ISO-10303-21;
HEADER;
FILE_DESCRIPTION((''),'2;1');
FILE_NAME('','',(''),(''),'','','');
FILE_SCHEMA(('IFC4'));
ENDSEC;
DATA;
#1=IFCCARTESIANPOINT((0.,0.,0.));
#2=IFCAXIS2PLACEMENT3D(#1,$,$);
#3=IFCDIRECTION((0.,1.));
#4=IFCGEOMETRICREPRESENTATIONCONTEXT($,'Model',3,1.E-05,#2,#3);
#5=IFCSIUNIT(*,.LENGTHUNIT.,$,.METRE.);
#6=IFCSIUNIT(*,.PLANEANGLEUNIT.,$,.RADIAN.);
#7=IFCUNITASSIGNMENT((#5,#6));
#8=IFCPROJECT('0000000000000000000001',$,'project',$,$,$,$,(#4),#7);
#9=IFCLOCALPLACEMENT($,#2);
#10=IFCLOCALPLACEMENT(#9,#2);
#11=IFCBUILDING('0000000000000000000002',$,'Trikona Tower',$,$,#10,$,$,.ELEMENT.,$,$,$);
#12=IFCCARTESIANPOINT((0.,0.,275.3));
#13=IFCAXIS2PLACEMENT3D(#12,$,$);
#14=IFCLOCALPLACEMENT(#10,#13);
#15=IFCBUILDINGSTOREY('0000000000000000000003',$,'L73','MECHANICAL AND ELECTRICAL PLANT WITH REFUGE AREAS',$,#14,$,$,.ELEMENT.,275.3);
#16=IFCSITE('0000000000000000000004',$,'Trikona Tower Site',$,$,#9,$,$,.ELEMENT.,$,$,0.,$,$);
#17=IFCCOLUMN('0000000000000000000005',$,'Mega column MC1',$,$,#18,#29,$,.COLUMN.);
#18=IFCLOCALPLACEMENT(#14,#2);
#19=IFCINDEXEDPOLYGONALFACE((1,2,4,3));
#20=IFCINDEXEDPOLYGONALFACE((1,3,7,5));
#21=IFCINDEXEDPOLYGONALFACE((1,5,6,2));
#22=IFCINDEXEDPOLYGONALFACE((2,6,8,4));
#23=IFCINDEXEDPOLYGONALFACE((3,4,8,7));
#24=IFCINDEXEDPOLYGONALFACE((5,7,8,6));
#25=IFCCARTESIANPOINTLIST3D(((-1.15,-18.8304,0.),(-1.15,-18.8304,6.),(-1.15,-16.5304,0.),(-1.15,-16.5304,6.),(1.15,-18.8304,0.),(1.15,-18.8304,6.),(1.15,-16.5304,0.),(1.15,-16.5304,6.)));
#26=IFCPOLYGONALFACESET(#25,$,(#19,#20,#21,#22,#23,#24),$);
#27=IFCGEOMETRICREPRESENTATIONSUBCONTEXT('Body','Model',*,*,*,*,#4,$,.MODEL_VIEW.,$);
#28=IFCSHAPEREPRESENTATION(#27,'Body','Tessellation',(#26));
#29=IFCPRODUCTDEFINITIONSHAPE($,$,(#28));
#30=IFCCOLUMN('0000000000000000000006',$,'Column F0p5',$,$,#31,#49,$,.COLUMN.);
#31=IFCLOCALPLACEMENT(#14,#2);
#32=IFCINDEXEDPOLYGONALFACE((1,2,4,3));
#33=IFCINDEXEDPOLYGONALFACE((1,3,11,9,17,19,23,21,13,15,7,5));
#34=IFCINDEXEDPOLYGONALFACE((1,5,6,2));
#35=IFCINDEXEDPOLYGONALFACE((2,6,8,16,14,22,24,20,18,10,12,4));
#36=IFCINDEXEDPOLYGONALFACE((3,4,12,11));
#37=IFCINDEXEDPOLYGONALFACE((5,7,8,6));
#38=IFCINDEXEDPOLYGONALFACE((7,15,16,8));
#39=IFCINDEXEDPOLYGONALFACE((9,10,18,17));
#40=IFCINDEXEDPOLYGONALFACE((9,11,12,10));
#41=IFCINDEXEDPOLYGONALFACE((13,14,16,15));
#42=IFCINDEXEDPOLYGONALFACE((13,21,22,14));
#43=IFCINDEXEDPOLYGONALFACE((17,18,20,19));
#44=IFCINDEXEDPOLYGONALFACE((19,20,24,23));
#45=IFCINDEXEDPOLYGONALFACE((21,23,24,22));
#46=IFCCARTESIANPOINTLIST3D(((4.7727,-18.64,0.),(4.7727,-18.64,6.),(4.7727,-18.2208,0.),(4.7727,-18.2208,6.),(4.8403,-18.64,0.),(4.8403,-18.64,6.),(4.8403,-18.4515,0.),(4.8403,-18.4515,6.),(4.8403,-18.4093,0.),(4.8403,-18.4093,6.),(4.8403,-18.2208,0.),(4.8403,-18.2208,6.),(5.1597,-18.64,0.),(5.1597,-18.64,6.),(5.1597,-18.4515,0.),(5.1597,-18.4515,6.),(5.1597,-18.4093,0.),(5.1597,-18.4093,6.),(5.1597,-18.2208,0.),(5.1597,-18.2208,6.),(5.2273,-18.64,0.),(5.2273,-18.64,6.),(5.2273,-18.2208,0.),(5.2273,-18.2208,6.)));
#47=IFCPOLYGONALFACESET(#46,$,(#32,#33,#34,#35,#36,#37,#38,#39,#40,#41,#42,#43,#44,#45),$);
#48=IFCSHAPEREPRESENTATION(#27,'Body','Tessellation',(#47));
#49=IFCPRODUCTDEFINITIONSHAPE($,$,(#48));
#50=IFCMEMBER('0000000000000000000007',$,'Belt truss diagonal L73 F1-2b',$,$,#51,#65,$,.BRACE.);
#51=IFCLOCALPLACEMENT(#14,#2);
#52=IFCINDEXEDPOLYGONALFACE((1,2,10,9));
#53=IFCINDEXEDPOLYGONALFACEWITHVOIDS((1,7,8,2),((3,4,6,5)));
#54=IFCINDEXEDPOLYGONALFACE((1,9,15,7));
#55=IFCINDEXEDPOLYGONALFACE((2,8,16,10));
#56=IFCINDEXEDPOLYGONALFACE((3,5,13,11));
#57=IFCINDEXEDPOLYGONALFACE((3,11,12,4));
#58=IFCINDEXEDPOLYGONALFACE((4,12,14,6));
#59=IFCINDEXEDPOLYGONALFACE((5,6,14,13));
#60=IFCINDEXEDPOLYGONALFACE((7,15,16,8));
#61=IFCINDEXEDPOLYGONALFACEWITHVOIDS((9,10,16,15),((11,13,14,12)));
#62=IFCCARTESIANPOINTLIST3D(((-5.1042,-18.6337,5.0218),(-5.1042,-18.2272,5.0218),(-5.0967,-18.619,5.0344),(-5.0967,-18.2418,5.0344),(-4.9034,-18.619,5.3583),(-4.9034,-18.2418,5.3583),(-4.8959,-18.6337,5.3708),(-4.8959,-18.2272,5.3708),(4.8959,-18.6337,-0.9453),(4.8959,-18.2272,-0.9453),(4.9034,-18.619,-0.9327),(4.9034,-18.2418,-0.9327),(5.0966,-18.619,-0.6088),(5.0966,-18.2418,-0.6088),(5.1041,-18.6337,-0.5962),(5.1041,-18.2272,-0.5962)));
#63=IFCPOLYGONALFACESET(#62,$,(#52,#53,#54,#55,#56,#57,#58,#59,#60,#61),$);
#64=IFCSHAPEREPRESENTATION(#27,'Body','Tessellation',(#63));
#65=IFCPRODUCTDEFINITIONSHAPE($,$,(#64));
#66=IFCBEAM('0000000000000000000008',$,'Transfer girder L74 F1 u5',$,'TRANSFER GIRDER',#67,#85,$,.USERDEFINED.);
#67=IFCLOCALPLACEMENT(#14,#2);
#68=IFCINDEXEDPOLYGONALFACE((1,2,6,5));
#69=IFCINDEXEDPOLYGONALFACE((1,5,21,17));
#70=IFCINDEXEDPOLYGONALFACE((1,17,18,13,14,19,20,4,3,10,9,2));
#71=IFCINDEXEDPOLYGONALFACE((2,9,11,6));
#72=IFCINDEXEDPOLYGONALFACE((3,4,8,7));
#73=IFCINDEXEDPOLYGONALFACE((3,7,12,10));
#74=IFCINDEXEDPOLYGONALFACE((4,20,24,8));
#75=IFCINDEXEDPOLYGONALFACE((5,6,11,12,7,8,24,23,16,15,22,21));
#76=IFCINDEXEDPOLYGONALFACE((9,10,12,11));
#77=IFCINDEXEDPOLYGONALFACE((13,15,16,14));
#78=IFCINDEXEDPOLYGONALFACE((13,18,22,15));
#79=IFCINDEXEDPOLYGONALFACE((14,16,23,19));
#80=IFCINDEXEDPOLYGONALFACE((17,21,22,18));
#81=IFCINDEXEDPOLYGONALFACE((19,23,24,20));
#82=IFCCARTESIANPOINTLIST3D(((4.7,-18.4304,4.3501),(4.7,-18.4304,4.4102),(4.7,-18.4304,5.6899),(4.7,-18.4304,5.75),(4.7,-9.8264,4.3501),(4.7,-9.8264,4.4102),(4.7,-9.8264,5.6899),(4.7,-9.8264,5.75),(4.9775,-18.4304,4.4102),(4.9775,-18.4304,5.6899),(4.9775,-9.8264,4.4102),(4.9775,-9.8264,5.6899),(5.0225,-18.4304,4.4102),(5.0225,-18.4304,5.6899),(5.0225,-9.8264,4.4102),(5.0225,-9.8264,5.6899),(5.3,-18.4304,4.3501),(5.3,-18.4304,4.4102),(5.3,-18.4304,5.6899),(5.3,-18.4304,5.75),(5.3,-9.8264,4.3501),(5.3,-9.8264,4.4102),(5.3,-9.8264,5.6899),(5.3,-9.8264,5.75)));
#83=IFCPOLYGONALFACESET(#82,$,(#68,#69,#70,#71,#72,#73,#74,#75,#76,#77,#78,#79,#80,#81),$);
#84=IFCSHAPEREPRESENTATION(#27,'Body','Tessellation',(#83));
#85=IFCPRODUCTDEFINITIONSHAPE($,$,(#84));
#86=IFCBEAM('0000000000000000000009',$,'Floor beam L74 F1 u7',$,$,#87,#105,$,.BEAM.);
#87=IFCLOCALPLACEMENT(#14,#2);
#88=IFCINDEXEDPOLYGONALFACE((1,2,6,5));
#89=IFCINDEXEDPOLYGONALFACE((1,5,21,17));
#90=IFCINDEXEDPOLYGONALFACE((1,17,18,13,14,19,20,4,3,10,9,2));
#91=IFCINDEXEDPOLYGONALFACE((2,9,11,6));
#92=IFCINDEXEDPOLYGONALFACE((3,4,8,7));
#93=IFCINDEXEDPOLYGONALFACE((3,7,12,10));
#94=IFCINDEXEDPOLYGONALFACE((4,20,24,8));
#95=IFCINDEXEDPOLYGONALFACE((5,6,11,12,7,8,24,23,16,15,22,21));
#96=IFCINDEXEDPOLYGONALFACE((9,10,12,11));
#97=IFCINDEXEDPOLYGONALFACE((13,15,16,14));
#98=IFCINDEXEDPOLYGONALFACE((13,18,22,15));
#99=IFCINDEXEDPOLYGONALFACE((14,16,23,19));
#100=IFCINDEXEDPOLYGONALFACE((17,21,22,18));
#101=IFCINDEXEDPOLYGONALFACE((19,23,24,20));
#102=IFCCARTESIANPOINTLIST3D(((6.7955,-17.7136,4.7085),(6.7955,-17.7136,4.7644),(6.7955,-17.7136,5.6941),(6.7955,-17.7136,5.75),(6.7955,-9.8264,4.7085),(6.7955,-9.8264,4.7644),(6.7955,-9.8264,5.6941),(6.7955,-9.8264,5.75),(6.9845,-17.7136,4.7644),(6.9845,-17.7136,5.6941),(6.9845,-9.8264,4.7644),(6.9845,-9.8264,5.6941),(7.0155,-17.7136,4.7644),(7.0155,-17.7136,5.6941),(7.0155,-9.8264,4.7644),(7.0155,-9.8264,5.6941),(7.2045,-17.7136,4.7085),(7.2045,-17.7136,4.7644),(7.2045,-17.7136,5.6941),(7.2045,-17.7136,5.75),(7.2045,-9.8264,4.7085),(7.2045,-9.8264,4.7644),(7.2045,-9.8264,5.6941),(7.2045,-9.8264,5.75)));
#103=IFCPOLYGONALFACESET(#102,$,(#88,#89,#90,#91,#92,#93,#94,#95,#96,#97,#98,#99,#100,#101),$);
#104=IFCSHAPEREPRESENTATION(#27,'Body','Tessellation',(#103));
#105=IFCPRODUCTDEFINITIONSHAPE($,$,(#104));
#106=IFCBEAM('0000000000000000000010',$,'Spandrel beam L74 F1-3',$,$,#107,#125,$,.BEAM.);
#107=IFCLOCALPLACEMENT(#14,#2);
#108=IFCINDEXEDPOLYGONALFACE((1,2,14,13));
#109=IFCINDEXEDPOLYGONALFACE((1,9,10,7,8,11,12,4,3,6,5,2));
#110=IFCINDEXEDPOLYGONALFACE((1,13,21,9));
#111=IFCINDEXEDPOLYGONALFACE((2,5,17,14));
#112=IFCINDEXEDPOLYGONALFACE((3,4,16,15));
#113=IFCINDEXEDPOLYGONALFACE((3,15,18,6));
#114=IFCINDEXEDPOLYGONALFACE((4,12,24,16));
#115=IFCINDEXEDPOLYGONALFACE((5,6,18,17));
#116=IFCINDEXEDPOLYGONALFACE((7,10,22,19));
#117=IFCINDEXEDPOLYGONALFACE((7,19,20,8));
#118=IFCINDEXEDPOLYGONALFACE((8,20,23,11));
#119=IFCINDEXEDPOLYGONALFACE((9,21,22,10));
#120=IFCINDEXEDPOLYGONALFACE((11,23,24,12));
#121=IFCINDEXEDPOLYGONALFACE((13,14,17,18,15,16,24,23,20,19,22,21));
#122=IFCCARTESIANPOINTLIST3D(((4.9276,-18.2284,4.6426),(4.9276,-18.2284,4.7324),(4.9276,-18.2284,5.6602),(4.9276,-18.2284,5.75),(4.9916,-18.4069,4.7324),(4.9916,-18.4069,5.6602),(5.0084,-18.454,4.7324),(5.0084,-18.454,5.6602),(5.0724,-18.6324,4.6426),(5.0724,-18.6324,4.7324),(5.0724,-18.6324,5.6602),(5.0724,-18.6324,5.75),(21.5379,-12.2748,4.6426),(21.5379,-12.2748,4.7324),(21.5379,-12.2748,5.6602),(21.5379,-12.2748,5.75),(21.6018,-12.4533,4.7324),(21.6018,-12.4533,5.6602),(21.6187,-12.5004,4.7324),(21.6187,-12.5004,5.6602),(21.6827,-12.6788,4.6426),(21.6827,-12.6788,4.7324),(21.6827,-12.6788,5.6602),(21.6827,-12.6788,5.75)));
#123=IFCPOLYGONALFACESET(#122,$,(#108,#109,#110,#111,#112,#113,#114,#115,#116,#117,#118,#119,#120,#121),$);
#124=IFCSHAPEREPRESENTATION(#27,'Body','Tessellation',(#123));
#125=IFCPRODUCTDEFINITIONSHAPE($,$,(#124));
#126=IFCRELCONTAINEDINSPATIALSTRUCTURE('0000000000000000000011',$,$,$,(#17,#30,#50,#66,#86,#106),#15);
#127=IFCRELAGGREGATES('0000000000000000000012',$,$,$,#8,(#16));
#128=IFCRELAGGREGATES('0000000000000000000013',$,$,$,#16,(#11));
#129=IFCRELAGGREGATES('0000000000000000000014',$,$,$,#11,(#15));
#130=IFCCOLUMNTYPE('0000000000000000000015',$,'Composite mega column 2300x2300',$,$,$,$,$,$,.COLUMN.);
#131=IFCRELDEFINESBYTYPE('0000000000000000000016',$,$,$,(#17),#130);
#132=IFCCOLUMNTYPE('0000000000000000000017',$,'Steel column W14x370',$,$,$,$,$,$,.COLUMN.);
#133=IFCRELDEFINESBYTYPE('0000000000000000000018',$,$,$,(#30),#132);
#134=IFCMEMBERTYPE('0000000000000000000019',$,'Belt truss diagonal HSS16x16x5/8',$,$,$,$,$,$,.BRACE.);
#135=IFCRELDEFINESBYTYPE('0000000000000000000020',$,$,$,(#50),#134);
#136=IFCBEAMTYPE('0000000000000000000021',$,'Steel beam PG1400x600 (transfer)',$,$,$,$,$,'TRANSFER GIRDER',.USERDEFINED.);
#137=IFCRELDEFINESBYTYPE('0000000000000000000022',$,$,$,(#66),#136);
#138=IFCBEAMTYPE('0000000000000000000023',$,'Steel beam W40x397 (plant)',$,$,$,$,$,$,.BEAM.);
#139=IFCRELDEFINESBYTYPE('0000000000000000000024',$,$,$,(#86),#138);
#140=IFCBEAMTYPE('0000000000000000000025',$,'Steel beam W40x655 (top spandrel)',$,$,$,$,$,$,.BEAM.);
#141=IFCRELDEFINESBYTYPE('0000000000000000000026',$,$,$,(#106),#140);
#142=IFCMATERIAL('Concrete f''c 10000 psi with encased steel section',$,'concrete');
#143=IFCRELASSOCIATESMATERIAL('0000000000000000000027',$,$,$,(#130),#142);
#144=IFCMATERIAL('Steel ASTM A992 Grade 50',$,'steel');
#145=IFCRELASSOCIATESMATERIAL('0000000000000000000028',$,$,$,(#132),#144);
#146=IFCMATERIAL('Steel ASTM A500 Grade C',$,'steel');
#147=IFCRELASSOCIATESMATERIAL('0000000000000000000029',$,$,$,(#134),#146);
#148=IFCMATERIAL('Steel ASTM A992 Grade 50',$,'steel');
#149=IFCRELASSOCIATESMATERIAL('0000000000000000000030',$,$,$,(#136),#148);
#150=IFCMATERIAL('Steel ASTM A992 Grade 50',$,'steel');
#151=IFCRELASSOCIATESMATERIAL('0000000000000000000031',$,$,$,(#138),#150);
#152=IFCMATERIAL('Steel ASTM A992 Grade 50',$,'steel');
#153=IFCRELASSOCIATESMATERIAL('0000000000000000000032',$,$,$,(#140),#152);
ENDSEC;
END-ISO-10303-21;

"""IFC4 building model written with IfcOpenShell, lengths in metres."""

from ifc_helpers import new_model, si_unit, direction, frame, origin, origin_2d, place, context, subcontext, project, spatial, rectangle, hollow_rectangle, i_section, extrude, material, material_profile, profile_set, type_object, element, save


model = new_model("IFC4")

# Units and contexts
model_context = context("Model", 3, precision=1e-05, world=origin(), true_north=direction((0.0, 1.0)))
body_context = subcontext(model_context, "Body", "Model", "MODEL_VIEW")
ifc_project = project(units=[si_unit("LENGTHUNIT", "METRE"), si_unit("PLANEANGLEUNIT", "RADIAN")], contexts=[model_context])

# Site, building, storey
site_placement = place(None, origin())
site = spatial("IfcSite", under=ifc_project, at=site_placement, Name="Trikona Tower Site", CompositionType="ELEMENT", RefElevation=0.0)
building_placement = place(site_placement, origin())
building = spatial("IfcBuilding", under=site, at=building_placement, Name="Trikona Tower", CompositionType="ELEMENT")
storey_placement = place(building_placement, frame((0.0, 0.0, 275.3)))
storey = spatial("IfcBuildingStorey", under=building, at=storey_placement, Name="L73", Description="MECHANICAL AND ELECTRICAL PLANT WITH REFUGE AREAS", CompositionType="ELEMENT", Elevation=275.3)

# Columns
ifc_material_1 = material(Name="Concrete f'c 10000 psi with encased steel section", Category="concrete")
ifc_material_profile_1 = material_profile(ifc_material_1, rectangle(XDim=2.3, YDim=2.3, at=origin_2d()), Name="MC2300")
ifc_profile_set_1 = profile_set([ifc_material_profile_1], Name="Concrete f'c 10000 psi with encased steel section")
column_type_1 = type_object("IfcColumnType", Name="Composite mega column 2300x2300", PredefinedType="COLUMN", material=ifc_profile_set_1)
column_1_placement = place(storey_placement, frame((0.0, -17.6804, 0.0), z_axis=(0.0, 0.0, 1.0), x_axis=(0.0, -1.0, 0.0)))
element("IfcColumn", 1, at=column_1_placement, inside=storey, type_object=column_type_1, Name="Mega column MC1", PredefinedType="COLUMN", context=body_context, shape_type="SweptSolid", body=[
    extrude(rectangle(XDim=2.3, YDim=2.3, at=origin_2d()), origin(), (0.0, 0.0, 1.0), 6.0),
])
ifc_material_2 = material(Name="Steel ASTM A992 Grade 50", Category="steel")
ifc_material_profile_2 = material_profile(ifc_material_2, i_section(OverallWidth=0.4192, OverallDepth=0.4546, WebThickness=0.0422, FlangeThickness=0.0676, at=origin_2d()), Name="W14X370")
ifc_profile_set_2 = profile_set([ifc_material_profile_2], Name="Steel ASTM A992 Grade 50")
column_type_2 = type_object("IfcColumnType", Name="Steel column W14x370", PredefinedType="COLUMN", material=ifc_profile_set_2)
column_2_placement = place(storey_placement, frame((5.0, -18.4304, 0.0), z_axis=(0.0, 0.0, 1.0), x_axis=(0.0, -1.0, 0.0)))
element("IfcColumn", 2, at=column_2_placement, inside=storey, type_object=column_type_2, Name="Column F0p5", PredefinedType="COLUMN", context=body_context, shape_type="SweptSolid", body=[
    extrude(i_section(OverallWidth=0.4192, OverallDepth=0.4546, WebThickness=0.0422, FlangeThickness=0.0676, at=origin_2d()), origin(), (0.0, 0.0, 1.0), 6.0),
])

# Member
ifc_material_3 = material(Name="Steel ASTM A500 Grade C", Category="steel")
ifc_material_profile_3 = material_profile(ifc_material_3, hollow_rectangle(XDim=0.4065, YDim=0.4065, WallThickness=0.0146, at=origin_2d()), Name="HSS16X16X5/8")
ifc_profile_set_3 = profile_set([ifc_material_profile_3], Name="Steel ASTM A500 Grade C")
member_type = type_object("IfcMemberType", Name="Belt truss diagonal HSS16x16x5/8", PredefinedType="BRACE", material=ifc_profile_set_3)
member_placement = place(storey_placement, frame((5.0, -18.4304, -0.7708), z_axis=(-0.858739, 0.0, 0.512413), x_axis=(0.0, -1.0, 0.0)))
element("IfcMember", 3, at=member_placement, inside=storey, type_object=member_type, Name="Belt truss diagonal L73 F1-2b", PredefinedType="BRACE", context=body_context, shape_type="SweptSolid", body=[
    extrude(hollow_rectangle(XDim=0.4065, YDim=0.4065, WallThickness=0.0146, at=origin_2d()), origin(), (0.0, 0.0, 1.0), 11.645),
])

# Beams
ifc_material_4 = material(Name="Steel ASTM A992 Grade 50", Category="steel")
ifc_material_profile_4 = material_profile(ifc_material_4, i_section(OverallWidth=0.6001, OverallDepth=1.3999, WebThickness=0.0449, FlangeThickness=0.0601, at=origin_2d()), Name="PG1400X600")
ifc_profile_set_4 = profile_set([ifc_material_profile_4], Name="Steel ASTM A992 Grade 50")
beam_type_1 = type_object("IfcBeamType", Name="Steel beam PG1400x600 (transfer)", ElementType="TRANSFER GIRDER", PredefinedType="USERDEFINED", material=ifc_profile_set_4)
beam_1_placement = place(storey_placement, frame((5.0, -9.8264, 5.05), z_axis=(0.0, -1.0, 0.0), x_axis=(1.0, 0.0, 0.0)))
element("IfcBeam", 4, at=beam_1_placement, inside=storey, type_object=beam_type_1, Name="Transfer girder L74 F1 u5", ObjectType="TRANSFER GIRDER", PredefinedType="USERDEFINED", context=body_context, shape_type="SweptSolid", body=[
    extrude(i_section(OverallWidth=0.6001, OverallDepth=1.3999, WebThickness=0.0449, FlangeThickness=0.0601, at=origin_2d()), origin(), (0.0, 0.0, 1.0), 8.604),
])
ifc_material_5 = material(Name="Steel ASTM A992 Grade 50", Category="steel")
ifc_material_profile_5 = material_profile(ifc_material_5, i_section(OverallWidth=0.4089, OverallDepth=1.0415, WebThickness=0.031, FlangeThickness=0.0559, at=origin_2d()), Name="W40X397")
ifc_profile_set_5 = profile_set([ifc_material_profile_5], Name="Steel ASTM A992 Grade 50")
beam_type_2 = type_object("IfcBeamType", Name="Steel beam W40x397 (plant)", PredefinedType="BEAM", material=ifc_profile_set_5)
beam_2_placement = place(storey_placement, frame((7.0, -9.8264, 5.2292), z_axis=(0.0, -1.0, 0.0), x_axis=(1.0, 0.0, 0.0)))
element("IfcBeam", 5, at=beam_2_placement, inside=storey, type_object=beam_type_2, Name="Floor beam L74 F1 u7", PredefinedType="BEAM", context=body_context, shape_type="SweptSolid", body=[
    extrude(i_section(OverallWidth=0.4089, OverallDepth=1.0415, WebThickness=0.031, FlangeThickness=0.0559, at=origin_2d()), origin(), (0.0, 0.0, 1.0), 7.8872),
])
ifc_material_6 = material(Name="Steel ASTM A992 Grade 50", Category="steel")
ifc_material_profile_6 = material_profile(ifc_material_6, i_section(OverallWidth=0.4292, OverallDepth=1.1074, WebThickness=0.05, FlangeThickness=0.0898, at=origin_2d()), Name="W40X655")
ifc_profile_set_6 = profile_set([ifc_material_profile_6], Name="Steel ASTM A992 Grade 50")
beam_type_3 = type_object("IfcBeamType", Name="Steel beam W40x655 (top spandrel)", PredefinedType="BEAM", material=ifc_profile_set_6)
beam_3_placement = place(storey_placement, frame((5.0, -18.4304, 5.1963), z_axis=(0.941358, 0.337409, 0.0), x_axis=(-0.337409, 0.941358, 0.0)))
element("IfcBeam", 6, at=beam_3_placement, inside=storey, type_object=beam_type_3, Name="Spandrel beam L74 F1-3", PredefinedType="BEAM", context=body_context, shape_type="SweptSolid", body=[
    extrude(i_section(OverallWidth=0.4292, OverallDepth=1.1074, WebThickness=0.05, FlangeThickness=0.0898, at=origin_2d()), origin(), (0.0, 0.0, 1.0), 17.645),
])

save(model, "model.ifc")
